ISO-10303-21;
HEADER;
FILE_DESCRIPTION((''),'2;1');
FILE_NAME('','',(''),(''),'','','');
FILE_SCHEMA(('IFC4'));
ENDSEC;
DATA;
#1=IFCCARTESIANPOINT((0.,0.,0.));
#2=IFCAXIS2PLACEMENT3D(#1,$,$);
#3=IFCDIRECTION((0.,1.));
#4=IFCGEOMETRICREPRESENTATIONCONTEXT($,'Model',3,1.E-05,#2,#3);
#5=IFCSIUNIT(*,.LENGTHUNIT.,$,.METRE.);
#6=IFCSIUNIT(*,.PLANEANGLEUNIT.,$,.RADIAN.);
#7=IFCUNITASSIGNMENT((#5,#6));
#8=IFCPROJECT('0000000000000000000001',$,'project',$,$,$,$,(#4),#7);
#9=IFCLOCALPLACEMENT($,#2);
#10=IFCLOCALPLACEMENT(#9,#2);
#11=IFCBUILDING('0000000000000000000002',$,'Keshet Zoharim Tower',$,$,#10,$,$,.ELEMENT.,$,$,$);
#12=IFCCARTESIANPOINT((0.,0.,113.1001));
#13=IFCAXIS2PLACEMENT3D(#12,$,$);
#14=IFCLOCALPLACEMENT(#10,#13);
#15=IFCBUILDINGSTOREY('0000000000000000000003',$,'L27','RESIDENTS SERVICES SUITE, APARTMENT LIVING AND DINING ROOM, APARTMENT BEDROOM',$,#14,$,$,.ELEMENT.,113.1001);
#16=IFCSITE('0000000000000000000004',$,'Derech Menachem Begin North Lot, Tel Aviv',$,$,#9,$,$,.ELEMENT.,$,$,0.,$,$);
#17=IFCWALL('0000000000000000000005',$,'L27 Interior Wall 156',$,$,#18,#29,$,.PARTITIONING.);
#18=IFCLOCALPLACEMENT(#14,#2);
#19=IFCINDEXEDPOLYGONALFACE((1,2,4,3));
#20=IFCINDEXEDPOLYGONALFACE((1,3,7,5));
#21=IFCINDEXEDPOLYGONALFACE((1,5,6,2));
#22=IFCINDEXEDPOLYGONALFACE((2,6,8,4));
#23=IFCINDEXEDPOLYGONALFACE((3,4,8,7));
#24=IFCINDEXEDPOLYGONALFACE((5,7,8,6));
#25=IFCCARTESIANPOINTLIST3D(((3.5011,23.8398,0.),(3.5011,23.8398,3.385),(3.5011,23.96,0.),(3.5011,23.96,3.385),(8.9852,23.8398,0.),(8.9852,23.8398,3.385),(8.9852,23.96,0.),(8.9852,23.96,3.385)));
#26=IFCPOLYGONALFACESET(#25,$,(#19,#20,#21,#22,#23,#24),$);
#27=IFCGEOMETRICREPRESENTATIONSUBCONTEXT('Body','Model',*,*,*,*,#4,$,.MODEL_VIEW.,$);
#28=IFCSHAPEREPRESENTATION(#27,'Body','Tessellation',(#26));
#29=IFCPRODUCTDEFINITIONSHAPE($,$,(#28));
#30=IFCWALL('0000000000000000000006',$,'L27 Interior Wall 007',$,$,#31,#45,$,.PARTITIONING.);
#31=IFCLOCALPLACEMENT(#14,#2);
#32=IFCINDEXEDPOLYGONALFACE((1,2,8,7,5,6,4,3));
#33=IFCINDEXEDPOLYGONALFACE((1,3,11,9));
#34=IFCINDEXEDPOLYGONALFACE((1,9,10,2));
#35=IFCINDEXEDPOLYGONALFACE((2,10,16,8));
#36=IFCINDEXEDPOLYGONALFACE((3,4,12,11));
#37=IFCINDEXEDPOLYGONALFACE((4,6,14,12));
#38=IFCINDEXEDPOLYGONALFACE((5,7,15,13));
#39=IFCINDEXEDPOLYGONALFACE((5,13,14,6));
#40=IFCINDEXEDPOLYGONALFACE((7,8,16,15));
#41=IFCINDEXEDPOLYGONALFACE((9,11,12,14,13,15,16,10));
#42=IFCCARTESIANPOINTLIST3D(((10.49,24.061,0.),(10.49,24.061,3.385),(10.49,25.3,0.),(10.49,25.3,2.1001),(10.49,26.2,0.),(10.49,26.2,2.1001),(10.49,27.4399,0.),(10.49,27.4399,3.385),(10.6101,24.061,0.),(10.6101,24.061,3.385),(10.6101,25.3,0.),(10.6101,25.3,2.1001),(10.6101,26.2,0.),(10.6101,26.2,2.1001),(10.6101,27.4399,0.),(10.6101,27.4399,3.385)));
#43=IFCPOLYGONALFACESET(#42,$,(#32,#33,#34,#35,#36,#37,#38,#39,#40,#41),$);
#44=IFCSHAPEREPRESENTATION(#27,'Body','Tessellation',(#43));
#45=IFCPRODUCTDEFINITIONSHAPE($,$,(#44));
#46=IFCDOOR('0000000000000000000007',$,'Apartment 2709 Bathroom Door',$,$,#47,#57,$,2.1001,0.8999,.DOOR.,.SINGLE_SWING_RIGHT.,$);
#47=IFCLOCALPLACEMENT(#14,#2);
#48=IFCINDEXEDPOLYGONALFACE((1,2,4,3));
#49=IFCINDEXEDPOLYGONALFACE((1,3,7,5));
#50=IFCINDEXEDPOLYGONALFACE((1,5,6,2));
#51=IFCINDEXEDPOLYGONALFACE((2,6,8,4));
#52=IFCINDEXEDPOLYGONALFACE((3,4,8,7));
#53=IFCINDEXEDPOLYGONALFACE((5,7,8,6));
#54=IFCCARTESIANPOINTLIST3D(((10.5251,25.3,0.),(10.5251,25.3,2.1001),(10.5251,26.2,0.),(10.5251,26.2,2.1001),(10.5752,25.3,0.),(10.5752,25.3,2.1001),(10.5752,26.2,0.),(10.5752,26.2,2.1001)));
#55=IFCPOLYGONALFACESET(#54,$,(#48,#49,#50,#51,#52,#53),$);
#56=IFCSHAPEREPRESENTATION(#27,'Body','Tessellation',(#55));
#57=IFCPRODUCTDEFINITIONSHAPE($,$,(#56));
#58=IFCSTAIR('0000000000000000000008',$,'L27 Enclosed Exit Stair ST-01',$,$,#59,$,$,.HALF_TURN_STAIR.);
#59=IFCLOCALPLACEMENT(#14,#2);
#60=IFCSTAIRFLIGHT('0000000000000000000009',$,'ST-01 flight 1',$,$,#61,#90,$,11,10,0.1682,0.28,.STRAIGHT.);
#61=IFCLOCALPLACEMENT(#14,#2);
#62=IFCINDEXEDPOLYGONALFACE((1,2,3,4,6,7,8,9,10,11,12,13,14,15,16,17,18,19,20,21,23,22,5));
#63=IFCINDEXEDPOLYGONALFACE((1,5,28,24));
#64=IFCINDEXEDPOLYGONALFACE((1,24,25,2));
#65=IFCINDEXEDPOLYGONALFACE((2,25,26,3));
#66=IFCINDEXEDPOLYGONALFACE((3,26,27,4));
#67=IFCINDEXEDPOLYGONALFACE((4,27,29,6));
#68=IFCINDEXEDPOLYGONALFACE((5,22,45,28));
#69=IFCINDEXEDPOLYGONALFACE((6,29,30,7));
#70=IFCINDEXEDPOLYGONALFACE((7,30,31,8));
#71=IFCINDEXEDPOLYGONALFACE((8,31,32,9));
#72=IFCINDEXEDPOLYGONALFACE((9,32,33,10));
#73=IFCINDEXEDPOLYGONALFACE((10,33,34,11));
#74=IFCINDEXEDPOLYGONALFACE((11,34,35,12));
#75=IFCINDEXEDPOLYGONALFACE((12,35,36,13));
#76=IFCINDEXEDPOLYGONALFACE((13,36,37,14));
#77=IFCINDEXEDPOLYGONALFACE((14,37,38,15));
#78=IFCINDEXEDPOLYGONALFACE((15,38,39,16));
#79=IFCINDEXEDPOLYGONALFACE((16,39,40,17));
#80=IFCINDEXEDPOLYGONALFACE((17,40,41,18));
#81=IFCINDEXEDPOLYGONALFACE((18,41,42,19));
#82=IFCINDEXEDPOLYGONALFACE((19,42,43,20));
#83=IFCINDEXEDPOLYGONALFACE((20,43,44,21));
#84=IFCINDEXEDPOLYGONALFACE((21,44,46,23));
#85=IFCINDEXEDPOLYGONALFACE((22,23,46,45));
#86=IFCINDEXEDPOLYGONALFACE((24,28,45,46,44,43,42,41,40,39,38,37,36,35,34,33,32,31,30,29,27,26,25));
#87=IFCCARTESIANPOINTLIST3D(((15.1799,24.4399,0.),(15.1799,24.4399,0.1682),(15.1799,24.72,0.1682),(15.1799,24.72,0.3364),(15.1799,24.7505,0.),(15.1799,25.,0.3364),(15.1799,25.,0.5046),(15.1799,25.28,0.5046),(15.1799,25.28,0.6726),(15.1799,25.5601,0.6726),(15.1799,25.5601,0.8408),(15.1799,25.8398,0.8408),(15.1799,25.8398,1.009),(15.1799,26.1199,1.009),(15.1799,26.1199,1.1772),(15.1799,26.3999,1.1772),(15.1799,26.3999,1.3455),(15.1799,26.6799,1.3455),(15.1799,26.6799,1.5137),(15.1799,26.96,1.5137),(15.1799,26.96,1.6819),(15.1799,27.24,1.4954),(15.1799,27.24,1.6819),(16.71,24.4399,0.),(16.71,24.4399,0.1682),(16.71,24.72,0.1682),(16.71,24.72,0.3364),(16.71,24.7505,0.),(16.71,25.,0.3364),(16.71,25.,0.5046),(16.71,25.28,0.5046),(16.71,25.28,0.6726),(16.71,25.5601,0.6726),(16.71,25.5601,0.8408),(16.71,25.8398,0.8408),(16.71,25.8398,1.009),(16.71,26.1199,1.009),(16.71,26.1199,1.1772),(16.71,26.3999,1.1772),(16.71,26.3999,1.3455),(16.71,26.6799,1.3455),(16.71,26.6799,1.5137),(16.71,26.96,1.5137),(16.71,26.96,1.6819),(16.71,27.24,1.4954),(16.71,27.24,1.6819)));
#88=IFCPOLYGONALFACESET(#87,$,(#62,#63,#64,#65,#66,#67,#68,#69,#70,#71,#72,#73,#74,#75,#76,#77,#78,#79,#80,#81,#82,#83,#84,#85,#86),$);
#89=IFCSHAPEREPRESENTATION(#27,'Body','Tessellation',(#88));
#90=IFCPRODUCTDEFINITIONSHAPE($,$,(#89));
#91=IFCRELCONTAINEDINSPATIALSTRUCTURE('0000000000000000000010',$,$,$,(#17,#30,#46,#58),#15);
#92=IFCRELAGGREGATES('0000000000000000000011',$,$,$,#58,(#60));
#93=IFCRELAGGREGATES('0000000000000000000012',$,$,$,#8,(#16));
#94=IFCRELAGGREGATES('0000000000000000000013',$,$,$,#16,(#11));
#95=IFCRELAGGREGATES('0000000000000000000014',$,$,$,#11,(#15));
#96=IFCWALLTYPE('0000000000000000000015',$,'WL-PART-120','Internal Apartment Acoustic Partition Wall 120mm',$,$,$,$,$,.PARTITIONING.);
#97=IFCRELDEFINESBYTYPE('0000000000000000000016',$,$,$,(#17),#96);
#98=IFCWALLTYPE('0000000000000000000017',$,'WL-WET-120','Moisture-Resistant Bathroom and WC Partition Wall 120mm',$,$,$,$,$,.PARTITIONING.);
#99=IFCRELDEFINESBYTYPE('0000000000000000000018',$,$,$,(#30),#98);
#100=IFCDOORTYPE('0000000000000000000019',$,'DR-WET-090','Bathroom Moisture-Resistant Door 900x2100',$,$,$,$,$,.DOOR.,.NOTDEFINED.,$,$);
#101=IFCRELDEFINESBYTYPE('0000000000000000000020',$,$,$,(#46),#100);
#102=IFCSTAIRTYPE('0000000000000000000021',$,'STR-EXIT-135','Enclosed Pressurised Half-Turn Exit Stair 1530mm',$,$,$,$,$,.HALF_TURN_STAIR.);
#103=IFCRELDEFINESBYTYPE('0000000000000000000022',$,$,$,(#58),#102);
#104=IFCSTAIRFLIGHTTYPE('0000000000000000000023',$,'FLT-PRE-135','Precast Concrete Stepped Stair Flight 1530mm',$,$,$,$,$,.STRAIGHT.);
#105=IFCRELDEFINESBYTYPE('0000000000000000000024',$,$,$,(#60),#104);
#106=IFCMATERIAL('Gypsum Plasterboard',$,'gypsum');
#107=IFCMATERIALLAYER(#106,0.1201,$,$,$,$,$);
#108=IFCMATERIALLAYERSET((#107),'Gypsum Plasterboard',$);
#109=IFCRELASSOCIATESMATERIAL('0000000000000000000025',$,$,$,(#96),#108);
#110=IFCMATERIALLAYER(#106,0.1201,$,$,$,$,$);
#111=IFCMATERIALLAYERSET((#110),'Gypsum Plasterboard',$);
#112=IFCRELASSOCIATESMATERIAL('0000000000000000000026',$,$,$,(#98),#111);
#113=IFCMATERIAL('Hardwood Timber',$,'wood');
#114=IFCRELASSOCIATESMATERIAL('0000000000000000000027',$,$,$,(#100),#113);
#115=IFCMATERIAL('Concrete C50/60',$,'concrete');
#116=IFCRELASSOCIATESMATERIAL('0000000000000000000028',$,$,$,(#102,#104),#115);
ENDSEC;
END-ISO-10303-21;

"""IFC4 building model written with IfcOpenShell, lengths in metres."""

from ifc_helpers import new_model, si_unit, direction, frame, frame_2d, origin, place, context, subcontext, project, spatial, polyline, rectangle, outline, extrude, material, layer, layer_set, type_object, element, fill, aggregate, save


model = new_model("IFC4")

# Units and contexts
model_context = context("Model", 3, precision=1e-05, world=origin(), true_north=direction((0.0, 1.0)))
body_context = subcontext(model_context, "Body", "Model", "MODEL_VIEW")
ifc_project = project(units=[si_unit("LENGTHUNIT", "METRE"), si_unit("PLANEANGLEUNIT", "RADIAN")], contexts=[model_context])

# Site, building, storey
site_placement = place(None, origin())
site = spatial("IfcSite", under=ifc_project, at=site_placement, Name="Derech Menachem Begin North Lot, Tel Aviv", CompositionType="ELEMENT", RefElevation=0.0)
building_placement = place(site_placement, origin())
building = spatial("IfcBuilding", under=site, at=building_placement, Name="Keshet Zoharim Tower", CompositionType="ELEMENT")
storey_placement = place(building_placement, frame((0.0, 0.0, 113.1001)))
storey = spatial("IfcBuildingStorey", under=building, at=storey_placement, Name="L27", Description="RESIDENTS SERVICES SUITE, APARTMENT LIVING AND DINING ROOM, APARTMENT BEDROOM", CompositionType="ELEMENT", Elevation=113.1001)

# Shared definitions
ifc_material_1 = material(Name="Gypsum Plasterboard", Category="gypsum")

# Shared definitions
ifc_layer_1 = layer(ifc_material_1, 0.1201)
ifc_layer_set_1 = layer_set([ifc_layer_1], Name="Gypsum Plasterboard")
wall_type_1 = type_object("IfcWallType", Name="WL-PART-120", Description="Internal Apartment Acoustic Partition Wall 120mm", PredefinedType="PARTITIONING", material=ifc_layer_set_1)
ifc_material_2 = material(Name="Hardwood Timber", Category="wood")

# Wall
wall_1_placement = place(storey_placement, frame((3.501, 23.8999, 0.0), z_axis=(0.0, 0.0, 1.0), x_axis=(1.0, 0.0, 0.0)))
element("IfcWall", 1, at=wall_1_placement, inside=storey, type_object=wall_type_1, Name="L27 Interior Wall 156", PredefinedType="PARTITIONING", context=body_context, shape_type="SweptSolid", body=[
    extrude(rectangle(XDim=5.4841, YDim=0.1201, at=frame_2d((2.7422, 0.0))), origin(), (0.0, 0.0, 1.0), 3.385),
])

# Wall, opening, door
ifc_layer_2 = layer(ifc_material_1, 0.1201)
ifc_layer_set_2 = layer_set([ifc_layer_2], Name="Gypsum Plasterboard")
wall_type_2 = type_object("IfcWallType", Name="WL-WET-120", Description="Moisture-Resistant Bathroom and WC Partition Wall 120mm", PredefinedType="PARTITIONING", material=ifc_layer_set_2)
wall_2_placement = place(storey_placement, frame((10.55, 24.061, 0.0), z_axis=(0.0, 0.0, 1.0), x_axis=(0.0, 1.0, 0.0)))
wall_2 = element("IfcWall", 2, at=wall_2_placement, inside=storey, type_object=wall_type_2, Name="L27 Interior Wall 007", PredefinedType="PARTITIONING", context=body_context, shape_type="SweptSolid", body=[
    extrude(rectangle(XDim=3.3789, YDim=0.1201, at=frame_2d((1.6895, 0.0))), origin(), (0.0, 0.0, 1.0), 3.385),
])
opening_1_placement = place(wall_2_placement, frame((1.239, 0.0, 0.0)))
opening_1 = element("IfcOpeningElement", 3, at=opening_1_placement, cuts=wall_2, PredefinedType="OPENING", context=body_context, shape_type="SweptSolid", body=[
    extrude(rectangle(XDim=0.8999, YDim=2.1001, at=frame_2d((0.45, 1.05))), frame((0.0, 0.0701, 0.0), z_axis=(0.0, -1.0, 0.0), x_axis=(1.0, 0.0, 0.0)), (0.0, 0.0, 1.0), 0.1401),
])
door_type_1 = type_object("IfcDoorType", Name="DR-WET-090", Description="Bathroom Moisture-Resistant Door 900x2100", OperationType="NOTDEFINED", PredefinedType="DOOR", material=ifc_material_2)
door_1_placement = place(opening_1_placement, origin())
door_1 = element("IfcDoor", 4, at=door_1_placement, inside=storey, type_object=door_type_1, Name="Apartment 2709 Bathroom Door", OperationType="SINGLE_SWING_RIGHT", OverallHeight=2.1001, OverallWidth=0.8999, PredefinedType="DOOR", context=body_context, shape_type="SweptSolid", body=[
    extrude(rectangle(XDim=0.8999, YDim=2.1001, at=frame_2d((0.45, 1.05))), frame((0.0, 0.0249, 0.0), z_axis=(0.0, -1.0, 0.0), x_axis=(1.0, 0.0, 0.0)), (0.0, 0.0, 1.0), 0.05),
])
fill(opening_1, door_1)

# Stair, stair flight
ifc_material_3 = material(Name="Concrete C50/60", Category="concrete")
stair_type = type_object("IfcStairType", Name="STR-EXIT-135", Description="Enclosed Pressurised Half-Turn Exit Stair 1530mm", PredefinedType="HALF_TURN_STAIR", material=ifc_material_3)
stair_placement = place(storey_placement, origin())
stair = element("IfcStair", 5, at=stair_placement, inside=storey, type_object=stair_type, Name="L27 Enclosed Exit Stair ST-01", PredefinedType="HALF_TURN_STAIR")
stair_flight_type = type_object("IfcStairFlightType", Name="FLT-PRE-135", Description="Precast Concrete Stepped Stair Flight 1530mm", PredefinedType="STRAIGHT", material=ifc_material_3)
stair_flight_placement = place(storey_placement, frame((15.9451, 24.4399, 0.0), z_axis=(0.0, 0.0, 1.0), x_axis=(0.0, 1.0, 0.0)))
stair_flight = element("IfcStairFlight", 6, at=stair_flight_placement, type_object=stair_flight_type, Name="ST-01 flight 1", NumberOfRisers=11, NumberOfTreads=10, PredefinedType="STRAIGHT", RiserHeight=0.1682, TreadLength=0.28, context=body_context, shape_type="SweptSolid", body=[
    extrude(outline(polyline([(0.0, 0.0), (0.0, 0.1682), (0.28, 0.1682), (0.28, 0.3364), (0.5601, 0.3364), (0.5601, 0.5046), (0.8401, 0.5046), (0.8401, 0.6726), (1.1201, 0.6726), (1.1201, 0.8408), (1.3999, 0.8408), (1.3999, 1.009), (1.6799, 1.009), (1.6799, 1.1772), (1.96, 1.1772), (1.96, 1.3455), (2.24, 1.3455), (2.24, 1.5137), (2.52, 1.5137), (2.52, 1.6819), (2.8, 1.6819), (2.8, 1.8501), (2.8, 1.4954), (0.3105, 0.0), (0.0, 0.0)])), frame((0.0, 0.7651, 0.0), z_axis=(0.0, -1.0, 0.0), x_axis=(1.0, 0.0, 0.0)), (0.0, 0.0, 1.0), 1.53),
])
aggregate(stair, [stair_flight])

save(model, "model.ifc")
